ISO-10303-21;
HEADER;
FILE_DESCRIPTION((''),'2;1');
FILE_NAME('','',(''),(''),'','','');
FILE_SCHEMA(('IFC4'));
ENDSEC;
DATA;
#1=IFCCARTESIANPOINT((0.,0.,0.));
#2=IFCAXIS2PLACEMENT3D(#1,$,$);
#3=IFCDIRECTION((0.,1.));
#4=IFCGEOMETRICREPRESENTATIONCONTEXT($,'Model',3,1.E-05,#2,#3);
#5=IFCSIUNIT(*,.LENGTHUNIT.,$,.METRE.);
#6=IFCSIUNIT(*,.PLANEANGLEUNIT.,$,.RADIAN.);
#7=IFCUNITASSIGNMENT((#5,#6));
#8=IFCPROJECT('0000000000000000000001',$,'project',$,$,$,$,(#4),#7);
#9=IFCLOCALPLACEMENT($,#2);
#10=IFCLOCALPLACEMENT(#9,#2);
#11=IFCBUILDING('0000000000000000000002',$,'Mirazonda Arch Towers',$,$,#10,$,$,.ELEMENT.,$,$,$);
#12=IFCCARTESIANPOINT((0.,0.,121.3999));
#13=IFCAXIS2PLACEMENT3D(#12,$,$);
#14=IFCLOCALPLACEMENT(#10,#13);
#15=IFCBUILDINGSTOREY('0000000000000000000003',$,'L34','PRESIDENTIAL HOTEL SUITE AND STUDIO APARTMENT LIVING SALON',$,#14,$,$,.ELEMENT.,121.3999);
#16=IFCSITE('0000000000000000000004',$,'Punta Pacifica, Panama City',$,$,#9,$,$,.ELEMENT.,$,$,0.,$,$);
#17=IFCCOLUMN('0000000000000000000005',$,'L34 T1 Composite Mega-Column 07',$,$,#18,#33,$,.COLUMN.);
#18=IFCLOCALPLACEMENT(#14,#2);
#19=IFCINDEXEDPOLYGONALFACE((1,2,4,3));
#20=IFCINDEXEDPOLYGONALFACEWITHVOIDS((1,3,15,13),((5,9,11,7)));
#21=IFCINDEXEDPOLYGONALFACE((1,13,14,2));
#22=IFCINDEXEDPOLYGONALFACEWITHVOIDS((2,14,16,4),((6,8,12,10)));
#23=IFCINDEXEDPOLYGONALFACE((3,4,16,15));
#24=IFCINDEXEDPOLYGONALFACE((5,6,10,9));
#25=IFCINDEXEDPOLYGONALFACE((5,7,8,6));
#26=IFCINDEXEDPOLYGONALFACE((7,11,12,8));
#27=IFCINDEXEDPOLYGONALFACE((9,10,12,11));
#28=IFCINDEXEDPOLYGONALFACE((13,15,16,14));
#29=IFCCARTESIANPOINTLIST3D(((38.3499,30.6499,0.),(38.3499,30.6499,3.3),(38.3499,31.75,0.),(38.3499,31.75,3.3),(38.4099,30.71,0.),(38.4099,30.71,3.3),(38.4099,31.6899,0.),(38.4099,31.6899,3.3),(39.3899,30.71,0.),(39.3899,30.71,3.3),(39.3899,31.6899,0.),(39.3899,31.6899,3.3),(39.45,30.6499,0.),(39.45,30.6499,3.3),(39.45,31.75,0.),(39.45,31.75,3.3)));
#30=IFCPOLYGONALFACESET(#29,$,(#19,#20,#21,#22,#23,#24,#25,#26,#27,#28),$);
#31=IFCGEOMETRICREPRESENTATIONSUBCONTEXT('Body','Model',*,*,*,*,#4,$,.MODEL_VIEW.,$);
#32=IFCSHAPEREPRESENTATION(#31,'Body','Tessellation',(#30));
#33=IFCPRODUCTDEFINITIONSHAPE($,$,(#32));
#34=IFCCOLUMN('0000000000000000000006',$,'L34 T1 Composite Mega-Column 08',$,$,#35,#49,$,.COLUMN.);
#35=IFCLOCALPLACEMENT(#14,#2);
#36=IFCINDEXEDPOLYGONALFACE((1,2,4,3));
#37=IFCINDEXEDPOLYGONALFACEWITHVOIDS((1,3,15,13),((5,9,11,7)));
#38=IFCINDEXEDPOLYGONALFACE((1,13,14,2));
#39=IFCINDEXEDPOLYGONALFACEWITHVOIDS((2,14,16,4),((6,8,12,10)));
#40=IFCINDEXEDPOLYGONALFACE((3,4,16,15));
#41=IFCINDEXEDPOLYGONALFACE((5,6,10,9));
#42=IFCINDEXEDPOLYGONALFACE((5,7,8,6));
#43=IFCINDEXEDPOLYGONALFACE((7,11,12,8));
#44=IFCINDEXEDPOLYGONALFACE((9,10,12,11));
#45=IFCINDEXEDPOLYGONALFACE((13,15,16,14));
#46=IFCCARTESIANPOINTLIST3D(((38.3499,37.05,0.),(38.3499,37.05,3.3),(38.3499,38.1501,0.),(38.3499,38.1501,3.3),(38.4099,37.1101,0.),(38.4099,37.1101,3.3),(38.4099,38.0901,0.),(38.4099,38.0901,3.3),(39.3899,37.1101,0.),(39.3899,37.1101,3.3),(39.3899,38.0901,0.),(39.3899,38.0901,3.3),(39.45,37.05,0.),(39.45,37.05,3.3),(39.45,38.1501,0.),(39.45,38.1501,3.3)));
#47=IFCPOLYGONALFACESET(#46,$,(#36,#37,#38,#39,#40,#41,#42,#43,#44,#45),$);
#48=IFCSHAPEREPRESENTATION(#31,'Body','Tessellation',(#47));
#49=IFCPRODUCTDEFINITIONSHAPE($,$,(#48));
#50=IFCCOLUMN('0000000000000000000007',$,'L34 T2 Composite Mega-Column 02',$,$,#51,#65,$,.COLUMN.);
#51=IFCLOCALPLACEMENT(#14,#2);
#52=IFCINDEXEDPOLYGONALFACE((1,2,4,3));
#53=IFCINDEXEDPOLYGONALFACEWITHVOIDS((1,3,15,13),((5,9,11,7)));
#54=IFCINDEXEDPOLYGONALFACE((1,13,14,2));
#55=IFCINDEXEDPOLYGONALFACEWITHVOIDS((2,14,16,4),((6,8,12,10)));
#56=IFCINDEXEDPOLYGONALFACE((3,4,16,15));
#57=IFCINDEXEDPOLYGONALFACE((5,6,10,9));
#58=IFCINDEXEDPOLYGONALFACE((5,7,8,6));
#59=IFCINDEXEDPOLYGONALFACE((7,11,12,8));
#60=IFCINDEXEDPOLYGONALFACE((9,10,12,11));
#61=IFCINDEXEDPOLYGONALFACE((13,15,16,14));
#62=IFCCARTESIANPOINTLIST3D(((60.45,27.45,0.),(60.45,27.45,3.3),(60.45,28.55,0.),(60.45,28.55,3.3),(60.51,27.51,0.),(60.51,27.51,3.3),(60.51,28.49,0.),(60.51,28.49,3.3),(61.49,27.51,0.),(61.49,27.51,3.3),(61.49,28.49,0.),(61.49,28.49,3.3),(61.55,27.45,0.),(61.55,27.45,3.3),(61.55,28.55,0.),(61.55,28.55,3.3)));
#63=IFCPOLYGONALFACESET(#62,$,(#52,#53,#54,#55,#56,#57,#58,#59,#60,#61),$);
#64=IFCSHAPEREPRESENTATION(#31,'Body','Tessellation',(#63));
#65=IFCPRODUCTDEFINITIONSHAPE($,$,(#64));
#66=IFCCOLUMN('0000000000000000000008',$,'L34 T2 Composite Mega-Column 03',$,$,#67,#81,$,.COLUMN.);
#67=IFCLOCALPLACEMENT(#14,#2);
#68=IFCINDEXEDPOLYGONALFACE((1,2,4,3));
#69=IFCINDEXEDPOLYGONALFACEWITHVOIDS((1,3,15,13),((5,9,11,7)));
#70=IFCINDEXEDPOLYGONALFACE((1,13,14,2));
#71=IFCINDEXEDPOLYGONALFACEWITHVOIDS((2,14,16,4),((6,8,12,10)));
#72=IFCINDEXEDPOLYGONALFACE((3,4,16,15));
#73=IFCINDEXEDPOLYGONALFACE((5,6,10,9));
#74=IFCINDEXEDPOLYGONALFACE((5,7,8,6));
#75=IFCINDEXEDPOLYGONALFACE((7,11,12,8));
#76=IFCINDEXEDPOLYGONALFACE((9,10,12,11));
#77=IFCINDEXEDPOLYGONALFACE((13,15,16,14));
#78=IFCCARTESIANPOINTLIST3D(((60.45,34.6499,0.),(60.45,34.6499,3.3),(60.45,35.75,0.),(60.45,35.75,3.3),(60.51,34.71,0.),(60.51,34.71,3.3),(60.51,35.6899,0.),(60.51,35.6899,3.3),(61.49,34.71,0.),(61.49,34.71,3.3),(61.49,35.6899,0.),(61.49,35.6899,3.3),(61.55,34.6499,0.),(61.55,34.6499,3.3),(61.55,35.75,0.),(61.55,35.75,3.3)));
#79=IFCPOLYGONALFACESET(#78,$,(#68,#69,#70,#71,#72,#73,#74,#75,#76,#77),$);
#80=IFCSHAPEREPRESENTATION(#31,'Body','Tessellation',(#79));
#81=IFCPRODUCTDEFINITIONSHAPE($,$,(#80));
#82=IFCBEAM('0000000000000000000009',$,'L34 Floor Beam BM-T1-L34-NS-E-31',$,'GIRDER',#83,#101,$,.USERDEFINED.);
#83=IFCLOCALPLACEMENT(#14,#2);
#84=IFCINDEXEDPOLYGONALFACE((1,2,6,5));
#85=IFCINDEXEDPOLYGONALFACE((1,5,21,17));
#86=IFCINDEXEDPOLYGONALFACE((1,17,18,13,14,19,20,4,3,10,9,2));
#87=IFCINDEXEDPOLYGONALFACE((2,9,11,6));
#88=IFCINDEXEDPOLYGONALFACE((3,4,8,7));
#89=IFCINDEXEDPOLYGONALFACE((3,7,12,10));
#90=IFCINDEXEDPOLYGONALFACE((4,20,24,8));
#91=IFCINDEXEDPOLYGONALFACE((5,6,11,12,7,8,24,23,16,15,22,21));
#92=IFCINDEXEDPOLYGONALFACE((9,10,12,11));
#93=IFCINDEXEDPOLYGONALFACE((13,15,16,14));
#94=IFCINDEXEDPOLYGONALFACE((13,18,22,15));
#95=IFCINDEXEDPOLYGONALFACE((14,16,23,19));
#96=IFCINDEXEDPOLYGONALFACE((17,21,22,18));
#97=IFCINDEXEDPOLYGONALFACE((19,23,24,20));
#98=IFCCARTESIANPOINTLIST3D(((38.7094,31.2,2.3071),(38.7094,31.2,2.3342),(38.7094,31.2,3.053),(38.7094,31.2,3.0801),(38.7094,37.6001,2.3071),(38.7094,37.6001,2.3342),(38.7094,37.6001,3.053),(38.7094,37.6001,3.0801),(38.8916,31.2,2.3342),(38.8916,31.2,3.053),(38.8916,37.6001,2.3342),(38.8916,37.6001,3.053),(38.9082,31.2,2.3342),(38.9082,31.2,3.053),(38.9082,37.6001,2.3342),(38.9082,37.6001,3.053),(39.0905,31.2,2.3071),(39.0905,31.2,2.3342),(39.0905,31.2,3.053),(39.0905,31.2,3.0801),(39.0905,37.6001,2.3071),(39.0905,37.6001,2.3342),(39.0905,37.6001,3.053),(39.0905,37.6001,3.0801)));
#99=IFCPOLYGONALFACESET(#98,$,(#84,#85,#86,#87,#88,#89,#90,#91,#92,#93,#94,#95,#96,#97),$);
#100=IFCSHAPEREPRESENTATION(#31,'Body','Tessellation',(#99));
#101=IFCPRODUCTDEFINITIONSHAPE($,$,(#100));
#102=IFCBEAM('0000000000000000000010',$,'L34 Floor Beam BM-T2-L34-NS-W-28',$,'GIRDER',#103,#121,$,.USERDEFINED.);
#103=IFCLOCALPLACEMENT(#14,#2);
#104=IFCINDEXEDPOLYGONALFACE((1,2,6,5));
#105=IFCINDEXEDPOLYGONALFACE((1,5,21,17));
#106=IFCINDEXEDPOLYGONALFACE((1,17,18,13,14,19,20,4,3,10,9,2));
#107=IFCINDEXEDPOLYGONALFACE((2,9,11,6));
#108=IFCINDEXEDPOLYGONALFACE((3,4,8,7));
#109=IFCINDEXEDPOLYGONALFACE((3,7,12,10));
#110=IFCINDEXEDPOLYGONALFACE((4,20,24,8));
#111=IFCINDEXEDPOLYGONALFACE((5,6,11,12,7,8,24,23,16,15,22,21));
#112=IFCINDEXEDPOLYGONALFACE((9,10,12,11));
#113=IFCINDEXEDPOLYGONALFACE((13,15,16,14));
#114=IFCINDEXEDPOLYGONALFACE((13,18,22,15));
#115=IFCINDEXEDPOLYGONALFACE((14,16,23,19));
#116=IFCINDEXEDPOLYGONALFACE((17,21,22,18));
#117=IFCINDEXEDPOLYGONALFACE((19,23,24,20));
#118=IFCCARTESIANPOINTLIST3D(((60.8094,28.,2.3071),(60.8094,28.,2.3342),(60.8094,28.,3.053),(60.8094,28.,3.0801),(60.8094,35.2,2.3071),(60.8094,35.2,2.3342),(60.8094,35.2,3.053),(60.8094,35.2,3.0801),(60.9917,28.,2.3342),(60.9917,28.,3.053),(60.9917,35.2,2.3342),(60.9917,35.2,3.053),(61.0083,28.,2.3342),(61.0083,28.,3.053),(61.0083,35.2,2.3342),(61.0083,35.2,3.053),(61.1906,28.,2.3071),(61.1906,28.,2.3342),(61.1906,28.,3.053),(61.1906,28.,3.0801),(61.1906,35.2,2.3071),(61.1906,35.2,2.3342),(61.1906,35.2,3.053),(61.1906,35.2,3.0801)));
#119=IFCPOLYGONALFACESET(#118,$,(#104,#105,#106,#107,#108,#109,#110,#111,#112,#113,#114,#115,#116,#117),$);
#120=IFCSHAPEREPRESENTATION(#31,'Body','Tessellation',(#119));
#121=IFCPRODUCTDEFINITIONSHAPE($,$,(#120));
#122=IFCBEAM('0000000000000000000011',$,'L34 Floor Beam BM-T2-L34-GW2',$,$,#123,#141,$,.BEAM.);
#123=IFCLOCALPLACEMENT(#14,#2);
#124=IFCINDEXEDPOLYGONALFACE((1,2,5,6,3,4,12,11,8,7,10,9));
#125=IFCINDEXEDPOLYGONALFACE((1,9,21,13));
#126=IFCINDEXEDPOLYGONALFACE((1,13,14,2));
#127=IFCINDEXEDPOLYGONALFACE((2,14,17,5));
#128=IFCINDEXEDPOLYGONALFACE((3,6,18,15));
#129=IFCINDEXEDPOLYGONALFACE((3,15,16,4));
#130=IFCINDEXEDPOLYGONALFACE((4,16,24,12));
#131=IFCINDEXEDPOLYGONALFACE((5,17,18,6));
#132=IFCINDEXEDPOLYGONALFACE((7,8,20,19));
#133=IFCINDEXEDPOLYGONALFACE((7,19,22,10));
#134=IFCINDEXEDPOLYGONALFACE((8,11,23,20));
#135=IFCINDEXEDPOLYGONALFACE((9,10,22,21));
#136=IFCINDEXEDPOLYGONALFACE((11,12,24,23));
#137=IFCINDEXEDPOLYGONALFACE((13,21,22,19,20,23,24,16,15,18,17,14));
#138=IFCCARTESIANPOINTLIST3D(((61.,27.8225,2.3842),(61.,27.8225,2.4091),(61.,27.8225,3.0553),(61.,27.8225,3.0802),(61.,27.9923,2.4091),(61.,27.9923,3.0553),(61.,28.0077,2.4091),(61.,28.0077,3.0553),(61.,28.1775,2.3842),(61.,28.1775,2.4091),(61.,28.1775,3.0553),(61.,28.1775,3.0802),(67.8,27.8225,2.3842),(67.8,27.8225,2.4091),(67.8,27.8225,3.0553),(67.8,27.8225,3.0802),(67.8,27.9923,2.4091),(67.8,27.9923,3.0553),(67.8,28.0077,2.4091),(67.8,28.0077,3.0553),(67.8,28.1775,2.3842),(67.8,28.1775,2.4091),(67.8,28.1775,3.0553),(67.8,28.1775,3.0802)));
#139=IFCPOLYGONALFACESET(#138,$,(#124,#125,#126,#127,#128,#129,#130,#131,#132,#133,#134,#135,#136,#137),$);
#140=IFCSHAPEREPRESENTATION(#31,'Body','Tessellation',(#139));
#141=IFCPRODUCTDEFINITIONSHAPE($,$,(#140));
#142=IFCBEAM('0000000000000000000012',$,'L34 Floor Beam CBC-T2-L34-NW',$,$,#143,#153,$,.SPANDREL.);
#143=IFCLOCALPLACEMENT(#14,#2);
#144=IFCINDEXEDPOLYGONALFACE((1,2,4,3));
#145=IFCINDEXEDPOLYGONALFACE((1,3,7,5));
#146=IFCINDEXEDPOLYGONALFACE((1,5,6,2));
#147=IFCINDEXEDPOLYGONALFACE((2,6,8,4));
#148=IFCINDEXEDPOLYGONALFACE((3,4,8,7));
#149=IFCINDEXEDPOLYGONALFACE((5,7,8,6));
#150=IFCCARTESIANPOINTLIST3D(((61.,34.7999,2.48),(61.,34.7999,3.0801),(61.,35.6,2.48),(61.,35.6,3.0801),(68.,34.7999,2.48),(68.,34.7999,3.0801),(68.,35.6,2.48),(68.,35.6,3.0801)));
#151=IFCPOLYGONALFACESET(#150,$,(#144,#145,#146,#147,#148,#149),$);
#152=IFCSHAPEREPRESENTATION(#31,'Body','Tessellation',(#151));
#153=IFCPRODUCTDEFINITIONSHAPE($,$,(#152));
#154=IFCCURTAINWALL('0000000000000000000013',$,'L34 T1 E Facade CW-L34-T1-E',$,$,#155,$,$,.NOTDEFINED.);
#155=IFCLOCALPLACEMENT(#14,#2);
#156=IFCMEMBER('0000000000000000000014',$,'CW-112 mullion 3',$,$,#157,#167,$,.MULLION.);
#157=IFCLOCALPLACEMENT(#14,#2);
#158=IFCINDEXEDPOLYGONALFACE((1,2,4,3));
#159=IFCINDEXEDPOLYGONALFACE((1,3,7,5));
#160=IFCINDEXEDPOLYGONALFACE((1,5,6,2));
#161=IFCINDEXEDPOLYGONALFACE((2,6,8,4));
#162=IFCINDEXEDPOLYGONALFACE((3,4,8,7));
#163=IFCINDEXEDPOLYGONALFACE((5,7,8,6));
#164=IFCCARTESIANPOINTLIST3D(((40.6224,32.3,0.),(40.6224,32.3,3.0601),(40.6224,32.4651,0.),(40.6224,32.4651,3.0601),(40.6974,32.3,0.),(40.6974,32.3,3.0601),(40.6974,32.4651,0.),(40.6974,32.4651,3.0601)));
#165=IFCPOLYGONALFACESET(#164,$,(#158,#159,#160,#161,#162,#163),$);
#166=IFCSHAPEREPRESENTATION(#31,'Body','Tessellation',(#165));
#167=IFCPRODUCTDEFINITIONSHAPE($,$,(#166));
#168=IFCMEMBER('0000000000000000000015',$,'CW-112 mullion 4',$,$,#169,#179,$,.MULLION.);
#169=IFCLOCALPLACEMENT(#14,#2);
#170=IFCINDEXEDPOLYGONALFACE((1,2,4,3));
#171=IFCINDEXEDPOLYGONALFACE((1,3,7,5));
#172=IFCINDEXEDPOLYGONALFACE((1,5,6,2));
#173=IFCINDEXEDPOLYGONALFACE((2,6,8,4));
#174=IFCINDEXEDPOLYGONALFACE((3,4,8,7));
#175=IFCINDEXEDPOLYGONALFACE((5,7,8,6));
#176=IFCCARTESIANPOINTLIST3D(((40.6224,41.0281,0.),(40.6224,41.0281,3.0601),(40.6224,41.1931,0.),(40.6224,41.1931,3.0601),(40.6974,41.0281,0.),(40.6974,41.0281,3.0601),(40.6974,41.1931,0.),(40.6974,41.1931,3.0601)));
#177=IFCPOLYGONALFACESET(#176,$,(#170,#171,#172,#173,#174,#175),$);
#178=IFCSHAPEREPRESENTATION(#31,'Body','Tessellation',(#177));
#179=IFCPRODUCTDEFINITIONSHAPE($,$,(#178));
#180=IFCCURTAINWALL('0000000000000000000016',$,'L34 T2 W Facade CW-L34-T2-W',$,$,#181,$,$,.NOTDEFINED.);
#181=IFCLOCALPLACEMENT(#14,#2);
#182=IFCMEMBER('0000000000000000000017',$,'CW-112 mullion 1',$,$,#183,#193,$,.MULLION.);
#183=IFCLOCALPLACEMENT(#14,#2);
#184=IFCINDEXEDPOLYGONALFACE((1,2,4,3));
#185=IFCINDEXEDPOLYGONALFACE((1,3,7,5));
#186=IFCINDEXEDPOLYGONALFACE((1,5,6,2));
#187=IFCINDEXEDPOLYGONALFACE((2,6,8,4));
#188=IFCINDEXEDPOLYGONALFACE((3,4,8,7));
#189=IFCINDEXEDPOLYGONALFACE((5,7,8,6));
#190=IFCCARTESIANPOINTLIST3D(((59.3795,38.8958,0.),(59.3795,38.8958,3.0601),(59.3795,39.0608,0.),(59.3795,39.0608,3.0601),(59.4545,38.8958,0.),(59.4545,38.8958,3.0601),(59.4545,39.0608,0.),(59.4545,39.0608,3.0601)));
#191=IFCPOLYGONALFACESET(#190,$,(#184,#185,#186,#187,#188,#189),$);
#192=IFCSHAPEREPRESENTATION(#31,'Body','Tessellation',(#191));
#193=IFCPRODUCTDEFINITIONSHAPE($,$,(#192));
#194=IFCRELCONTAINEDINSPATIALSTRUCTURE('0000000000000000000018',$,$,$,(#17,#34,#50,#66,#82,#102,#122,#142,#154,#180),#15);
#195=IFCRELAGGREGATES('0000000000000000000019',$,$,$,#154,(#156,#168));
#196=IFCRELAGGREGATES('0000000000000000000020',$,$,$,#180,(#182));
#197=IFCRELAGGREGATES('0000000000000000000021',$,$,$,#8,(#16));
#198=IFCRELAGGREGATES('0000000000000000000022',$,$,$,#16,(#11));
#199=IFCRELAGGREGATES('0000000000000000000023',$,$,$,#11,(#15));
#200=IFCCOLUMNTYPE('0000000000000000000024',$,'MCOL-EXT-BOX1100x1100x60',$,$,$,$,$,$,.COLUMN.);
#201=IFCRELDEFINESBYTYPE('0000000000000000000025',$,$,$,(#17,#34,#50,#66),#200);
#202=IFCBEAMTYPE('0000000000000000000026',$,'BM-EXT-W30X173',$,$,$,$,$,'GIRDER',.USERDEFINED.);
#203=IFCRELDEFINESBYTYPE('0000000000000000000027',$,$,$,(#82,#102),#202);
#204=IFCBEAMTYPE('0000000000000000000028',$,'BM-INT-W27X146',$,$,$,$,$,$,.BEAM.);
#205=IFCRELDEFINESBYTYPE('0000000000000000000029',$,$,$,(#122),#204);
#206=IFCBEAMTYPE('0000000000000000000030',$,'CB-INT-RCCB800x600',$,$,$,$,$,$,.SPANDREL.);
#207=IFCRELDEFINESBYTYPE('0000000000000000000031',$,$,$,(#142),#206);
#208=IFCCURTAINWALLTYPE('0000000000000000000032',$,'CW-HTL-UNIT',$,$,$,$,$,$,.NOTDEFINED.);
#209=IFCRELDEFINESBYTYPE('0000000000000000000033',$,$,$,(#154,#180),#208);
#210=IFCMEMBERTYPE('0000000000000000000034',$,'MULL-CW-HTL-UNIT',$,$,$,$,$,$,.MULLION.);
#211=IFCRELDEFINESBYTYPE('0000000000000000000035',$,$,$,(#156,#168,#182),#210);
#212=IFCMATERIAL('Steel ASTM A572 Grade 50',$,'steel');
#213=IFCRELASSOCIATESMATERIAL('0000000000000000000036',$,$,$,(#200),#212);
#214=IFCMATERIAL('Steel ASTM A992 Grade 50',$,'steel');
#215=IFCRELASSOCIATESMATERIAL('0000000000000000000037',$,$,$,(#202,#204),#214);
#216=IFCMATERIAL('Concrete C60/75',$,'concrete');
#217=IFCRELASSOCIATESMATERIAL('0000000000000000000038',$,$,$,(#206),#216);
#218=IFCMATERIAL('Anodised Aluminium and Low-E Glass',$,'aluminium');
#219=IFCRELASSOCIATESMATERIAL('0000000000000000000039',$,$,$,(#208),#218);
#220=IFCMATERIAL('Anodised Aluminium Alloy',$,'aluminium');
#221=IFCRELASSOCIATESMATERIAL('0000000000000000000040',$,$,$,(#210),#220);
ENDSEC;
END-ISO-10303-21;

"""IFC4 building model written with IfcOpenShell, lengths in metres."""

from ifc_helpers import new_model, si_unit, direction, frame, origin, origin_2d, place, context, subcontext, project, spatial, rectangle, hollow_rectangle, i_section, extrude, material, material_profile, profile_set, type_object, element, aggregate, save


model = new_model("IFC4")

# Units and contexts
model_context = context("Model", 3, precision=1e-05, world=origin(), true_north=direction((0.0, 1.0)))
body_context = subcontext(model_context, "Body", "Model", "MODEL_VIEW")
ifc_project = project(units=[si_unit("LENGTHUNIT", "METRE"), si_unit("PLANEANGLEUNIT", "RADIAN")], contexts=[model_context])

# Site, building, storey
site_placement = place(None, origin())
site = spatial("IfcSite", under=ifc_project, at=site_placement, Name="Punta Pacifica, Panama City", CompositionType="ELEMENT", RefElevation=0.0)
building_placement = place(site_placement, origin())
building = spatial("IfcBuilding", under=site, at=building_placement, Name="Mirazonda Arch Towers", CompositionType="ELEMENT")
storey_placement = place(building_placement, frame((0.0, 0.0, 121.3999)))
storey = spatial("IfcBuildingStorey", under=building, at=storey_placement, Name="L34", Description="PRESIDENTIAL HOTEL SUITE AND STUDIO APARTMENT LIVING SALON", CompositionType="ELEMENT", Elevation=121.3999)

# Columns
ifc_material_1 = material(Name="Steel ASTM A572 Grade 50", Category="steel")
ifc_material_profile_1 = material_profile(ifc_material_1, hollow_rectangle(XDim=1.1001, YDim=1.1001, WallThickness=0.0601, at=origin_2d()), Name="BOX1100x1100x60")
ifc_profile_set_1 = profile_set([ifc_material_profile_1], Name="Steel ASTM A572 Grade 50")
column_type = type_object("IfcColumnType", Name="MCOL-EXT-BOX1100x1100x60", PredefinedType="COLUMN", material=ifc_profile_set_1)
for number, where, z_axis, x_axis, name in (
    (1, (38.8999, 31.2, 0.0), (0.0, 0.0, 1.0), (1.0, 0.0, 0.0), "L34 T1 Composite Mega-Column 07"),
    (2, (38.8999, 37.6001, 0.0), (0.0, 0.0, 1.0), (1.0, 0.0, 0.0), "L34 T1 Composite Mega-Column 08"),
    (3, (61.0, 28.0, 0.0), (0.0, 0.0, 1.0), (1.0, 0.0, 0.0), "L34 T2 Composite Mega-Column 02"),
    (4, (61.0, 35.2, 0.0), (0.0, 0.0, 1.0), (1.0, 0.0, 0.0), "L34 T2 Composite Mega-Column 03"),
):
    element("IfcColumn", number, at=place(storey_placement, frame(where, z_axis=z_axis, x_axis=x_axis)), inside=storey, type_object=column_type, Name=name, PredefinedType="COLUMN", context=body_context, shape_type="SweptSolid", body=[
        extrude(hollow_rectangle(XDim=1.1001, YDim=1.1001, WallThickness=0.0601, at=origin_2d()), origin(), (0.0, 0.0, 1.0), 3.3),
    ])

# Beams
ifc_material_2 = material(Name="Steel ASTM A992 Grade 50", Category="steel")
ifc_material_profile_2 = material_profile(ifc_material_2, i_section(OverallWidth=0.3811, OverallDepth=0.7729, WebThickness=0.0166, FlangeThickness=0.0271, at=origin_2d()), Name="W30X173")
ifc_profile_set_2 = profile_set([ifc_material_profile_2], Name="Steel ASTM A992 Grade 50")
beam_type_1 = type_object("IfcBeamType", Name="BM-EXT-W30X173", ElementType="GIRDER", PredefinedType="USERDEFINED", material=ifc_profile_set_2)
beam_1_placement = place(storey_placement, frame((38.8999, 31.2, 2.6936), z_axis=(0.0, 1.0, 0.0), x_axis=(-1.0, 0.0, 0.0)))
element("IfcBeam", 5, at=beam_1_placement, inside=storey, type_object=beam_type_1, Name="L34 Floor Beam BM-T1-L34-NS-E-31", ObjectType="GIRDER", PredefinedType="USERDEFINED", context=body_context, shape_type="SweptSolid", body=[
    extrude(i_section(OverallWidth=0.3811, OverallDepth=0.7729, WebThickness=0.0166, FlangeThickness=0.0271, at=origin_2d()), origin(), (0.0, 0.0, 1.0), 6.4001),
])
beam_2_placement = place(storey_placement, frame((61.0, 28.0, 2.6936), z_axis=(0.0, 1.0, 0.0), x_axis=(-1.0, 0.0, 0.0)))
element("IfcBeam", 6, at=beam_2_placement, inside=storey, type_object=beam_type_1, Name="L34 Floor Beam BM-T2-L34-NS-W-28", ObjectType="GIRDER", PredefinedType="USERDEFINED", context=body_context, shape_type="SweptSolid", body=[
    extrude(i_section(OverallWidth=0.3811, OverallDepth=0.7729, WebThickness=0.0166, FlangeThickness=0.0271, at=origin_2d()), origin(), (0.0, 0.0, 1.0), 7.2),
])
ifc_material_profile_3 = material_profile(ifc_material_2, i_section(OverallWidth=0.355, OverallDepth=0.696, WebThickness=0.0154, FlangeThickness=0.0249, at=origin_2d()), Name="W27X146")
ifc_profile_set_3 = profile_set([ifc_material_profile_3], Name="Steel ASTM A992 Grade 50")
beam_type_2 = type_object("IfcBeamType", Name="BM-INT-W27X146", PredefinedType="BEAM", material=ifc_profile_set_3)
beam_3_placement = place(storey_placement, frame((61.0, 28.0, 2.7322), z_axis=(1.0, 0.0, 0.0), x_axis=(0.0, 1.0, 0.0)))
element("IfcBeam", 7, at=beam_3_placement, inside=storey, type_object=beam_type_2, Name="L34 Floor Beam BM-T2-L34-GW2", PredefinedType="BEAM", context=body_context, shape_type="SweptSolid", body=[
    extrude(i_section(OverallWidth=0.355, OverallDepth=0.696, WebThickness=0.0154, FlangeThickness=0.0249, at=origin_2d()), origin(), (0.0, 0.0, 1.0), 6.8),
])
ifc_material_3 = material(Name="Concrete C60/75", Category="concrete")
ifc_material_profile_4 = material_profile(ifc_material_3, rectangle(XDim=0.8, YDim=0.6001, at=origin_2d()), Name="RCCB800x600")
ifc_profile_set_4 = profile_set([ifc_material_profile_4], Name="Concrete C60/75")
beam_type_3 = type_object("IfcBeamType", Name="CB-INT-RCCB800x600", PredefinedType="SPANDREL", material=ifc_profile_set_4)
beam_4_placement = place(storey_placement, frame((61.0, 35.2, 2.78), z_axis=(1.0, 0.0, 0.0), x_axis=(0.0, 1.0, 0.0)))
element("IfcBeam", 8, at=beam_4_placement, inside=storey, type_object=beam_type_3, Name="L34 Floor Beam CBC-T2-L34-NW", PredefinedType="SPANDREL", context=body_context, shape_type="SweptSolid", body=[
    extrude(rectangle(XDim=0.8, YDim=0.6001, at=origin_2d()), origin(), (0.0, 0.0, 1.0), 7.0),
])

# Curtain walls, members
ifc_material_4 = material(Name="Anodised Aluminium and Low-E Glass", Category="aluminium")
curtain_wall_type = type_object("IfcCurtainWallType", Name="CW-HTL-UNIT", PredefinedType="NOTDEFINED", material=ifc_material_4)
curtain_wall_1_placement = place(storey_placement, origin())
curtain_wall_1 = element("IfcCurtainWall", 9, at=curtain_wall_1_placement, inside=storey, type_object=curtain_wall_type, Name="L34 T1 E Facade CW-L34-T1-E", PredefinedType="NOTDEFINED")
ifc_material_5 = material(Name="Anodised Aluminium Alloy", Category="aluminium")
ifc_material_profile_5 = material_profile(ifc_material_5, rectangle(XDim=0.075, YDim=0.165, at=origin_2d()), Name="ALU-MULL-75x165")
ifc_profile_set_5 = profile_set([ifc_material_profile_5], Name="Anodised Aluminium Alloy")
member_type_1 = type_object("IfcMemberType", Name="MULL-CW-HTL-UNIT", PredefinedType="MULLION", material=ifc_profile_set_5)
member_1_placement = place(storey_placement, frame((40.6599, 32.3826, 0.0), z_axis=(0.0, 0.0, 1.0), x_axis=(-1.0, 0.0, 0.0)))
member_1 = element("IfcMember", 10, at=member_1_placement, type_object=member_type_1, Name="CW-112 mullion 3", PredefinedType="MULLION", context=body_context, shape_type="SweptSolid", body=[
    extrude(rectangle(XDim=0.075, YDim=0.165, at=origin_2d()), origin(), (0.0, 0.0, 1.0), 3.0601),
])
member_2_placement = place(storey_placement, frame((40.6599, 41.1106, 0.0), z_axis=(0.0, 0.0, 1.0), x_axis=(-1.0, 0.0, 0.0)))
member_2 = element("IfcMember", 11, at=member_2_placement, type_object=member_type_1, Name="CW-112 mullion 4", PredefinedType="MULLION", context=body_context, shape_type="SweptSolid", body=[
    extrude(rectangle(XDim=0.075, YDim=0.165, at=origin_2d()), origin(), (0.0, 0.0, 1.0), 3.0601),
])
curtain_wall_2_placement = place(storey_placement, origin())
curtain_wall_2 = element("IfcCurtainWall", 12, at=curtain_wall_2_placement, inside=storey, type_object=curtain_wall_type, Name="L34 T2 W Facade CW-L34-T2-W", PredefinedType="NOTDEFINED")
member_3_placement = place(storey_placement, frame((59.417, 38.9783, 0.0), z_axis=(0.0, 0.0, 1.0), x_axis=(1.0, 0.0, 0.0)))
member_3 = element("IfcMember", 13, at=member_3_placement, type_object=member_type_1, Name="CW-112 mullion 1", PredefinedType="MULLION", context=body_context, shape_type="SweptSolid", body=[
    extrude(rectangle(XDim=0.075, YDim=0.165, at=origin_2d()), origin(), (0.0, 0.0, 1.0), 3.0601),
])

aggregate(curtain_wall_1, [member_1, member_2])
aggregate(curtain_wall_2, [member_3])

save(model, "model.ifc")
